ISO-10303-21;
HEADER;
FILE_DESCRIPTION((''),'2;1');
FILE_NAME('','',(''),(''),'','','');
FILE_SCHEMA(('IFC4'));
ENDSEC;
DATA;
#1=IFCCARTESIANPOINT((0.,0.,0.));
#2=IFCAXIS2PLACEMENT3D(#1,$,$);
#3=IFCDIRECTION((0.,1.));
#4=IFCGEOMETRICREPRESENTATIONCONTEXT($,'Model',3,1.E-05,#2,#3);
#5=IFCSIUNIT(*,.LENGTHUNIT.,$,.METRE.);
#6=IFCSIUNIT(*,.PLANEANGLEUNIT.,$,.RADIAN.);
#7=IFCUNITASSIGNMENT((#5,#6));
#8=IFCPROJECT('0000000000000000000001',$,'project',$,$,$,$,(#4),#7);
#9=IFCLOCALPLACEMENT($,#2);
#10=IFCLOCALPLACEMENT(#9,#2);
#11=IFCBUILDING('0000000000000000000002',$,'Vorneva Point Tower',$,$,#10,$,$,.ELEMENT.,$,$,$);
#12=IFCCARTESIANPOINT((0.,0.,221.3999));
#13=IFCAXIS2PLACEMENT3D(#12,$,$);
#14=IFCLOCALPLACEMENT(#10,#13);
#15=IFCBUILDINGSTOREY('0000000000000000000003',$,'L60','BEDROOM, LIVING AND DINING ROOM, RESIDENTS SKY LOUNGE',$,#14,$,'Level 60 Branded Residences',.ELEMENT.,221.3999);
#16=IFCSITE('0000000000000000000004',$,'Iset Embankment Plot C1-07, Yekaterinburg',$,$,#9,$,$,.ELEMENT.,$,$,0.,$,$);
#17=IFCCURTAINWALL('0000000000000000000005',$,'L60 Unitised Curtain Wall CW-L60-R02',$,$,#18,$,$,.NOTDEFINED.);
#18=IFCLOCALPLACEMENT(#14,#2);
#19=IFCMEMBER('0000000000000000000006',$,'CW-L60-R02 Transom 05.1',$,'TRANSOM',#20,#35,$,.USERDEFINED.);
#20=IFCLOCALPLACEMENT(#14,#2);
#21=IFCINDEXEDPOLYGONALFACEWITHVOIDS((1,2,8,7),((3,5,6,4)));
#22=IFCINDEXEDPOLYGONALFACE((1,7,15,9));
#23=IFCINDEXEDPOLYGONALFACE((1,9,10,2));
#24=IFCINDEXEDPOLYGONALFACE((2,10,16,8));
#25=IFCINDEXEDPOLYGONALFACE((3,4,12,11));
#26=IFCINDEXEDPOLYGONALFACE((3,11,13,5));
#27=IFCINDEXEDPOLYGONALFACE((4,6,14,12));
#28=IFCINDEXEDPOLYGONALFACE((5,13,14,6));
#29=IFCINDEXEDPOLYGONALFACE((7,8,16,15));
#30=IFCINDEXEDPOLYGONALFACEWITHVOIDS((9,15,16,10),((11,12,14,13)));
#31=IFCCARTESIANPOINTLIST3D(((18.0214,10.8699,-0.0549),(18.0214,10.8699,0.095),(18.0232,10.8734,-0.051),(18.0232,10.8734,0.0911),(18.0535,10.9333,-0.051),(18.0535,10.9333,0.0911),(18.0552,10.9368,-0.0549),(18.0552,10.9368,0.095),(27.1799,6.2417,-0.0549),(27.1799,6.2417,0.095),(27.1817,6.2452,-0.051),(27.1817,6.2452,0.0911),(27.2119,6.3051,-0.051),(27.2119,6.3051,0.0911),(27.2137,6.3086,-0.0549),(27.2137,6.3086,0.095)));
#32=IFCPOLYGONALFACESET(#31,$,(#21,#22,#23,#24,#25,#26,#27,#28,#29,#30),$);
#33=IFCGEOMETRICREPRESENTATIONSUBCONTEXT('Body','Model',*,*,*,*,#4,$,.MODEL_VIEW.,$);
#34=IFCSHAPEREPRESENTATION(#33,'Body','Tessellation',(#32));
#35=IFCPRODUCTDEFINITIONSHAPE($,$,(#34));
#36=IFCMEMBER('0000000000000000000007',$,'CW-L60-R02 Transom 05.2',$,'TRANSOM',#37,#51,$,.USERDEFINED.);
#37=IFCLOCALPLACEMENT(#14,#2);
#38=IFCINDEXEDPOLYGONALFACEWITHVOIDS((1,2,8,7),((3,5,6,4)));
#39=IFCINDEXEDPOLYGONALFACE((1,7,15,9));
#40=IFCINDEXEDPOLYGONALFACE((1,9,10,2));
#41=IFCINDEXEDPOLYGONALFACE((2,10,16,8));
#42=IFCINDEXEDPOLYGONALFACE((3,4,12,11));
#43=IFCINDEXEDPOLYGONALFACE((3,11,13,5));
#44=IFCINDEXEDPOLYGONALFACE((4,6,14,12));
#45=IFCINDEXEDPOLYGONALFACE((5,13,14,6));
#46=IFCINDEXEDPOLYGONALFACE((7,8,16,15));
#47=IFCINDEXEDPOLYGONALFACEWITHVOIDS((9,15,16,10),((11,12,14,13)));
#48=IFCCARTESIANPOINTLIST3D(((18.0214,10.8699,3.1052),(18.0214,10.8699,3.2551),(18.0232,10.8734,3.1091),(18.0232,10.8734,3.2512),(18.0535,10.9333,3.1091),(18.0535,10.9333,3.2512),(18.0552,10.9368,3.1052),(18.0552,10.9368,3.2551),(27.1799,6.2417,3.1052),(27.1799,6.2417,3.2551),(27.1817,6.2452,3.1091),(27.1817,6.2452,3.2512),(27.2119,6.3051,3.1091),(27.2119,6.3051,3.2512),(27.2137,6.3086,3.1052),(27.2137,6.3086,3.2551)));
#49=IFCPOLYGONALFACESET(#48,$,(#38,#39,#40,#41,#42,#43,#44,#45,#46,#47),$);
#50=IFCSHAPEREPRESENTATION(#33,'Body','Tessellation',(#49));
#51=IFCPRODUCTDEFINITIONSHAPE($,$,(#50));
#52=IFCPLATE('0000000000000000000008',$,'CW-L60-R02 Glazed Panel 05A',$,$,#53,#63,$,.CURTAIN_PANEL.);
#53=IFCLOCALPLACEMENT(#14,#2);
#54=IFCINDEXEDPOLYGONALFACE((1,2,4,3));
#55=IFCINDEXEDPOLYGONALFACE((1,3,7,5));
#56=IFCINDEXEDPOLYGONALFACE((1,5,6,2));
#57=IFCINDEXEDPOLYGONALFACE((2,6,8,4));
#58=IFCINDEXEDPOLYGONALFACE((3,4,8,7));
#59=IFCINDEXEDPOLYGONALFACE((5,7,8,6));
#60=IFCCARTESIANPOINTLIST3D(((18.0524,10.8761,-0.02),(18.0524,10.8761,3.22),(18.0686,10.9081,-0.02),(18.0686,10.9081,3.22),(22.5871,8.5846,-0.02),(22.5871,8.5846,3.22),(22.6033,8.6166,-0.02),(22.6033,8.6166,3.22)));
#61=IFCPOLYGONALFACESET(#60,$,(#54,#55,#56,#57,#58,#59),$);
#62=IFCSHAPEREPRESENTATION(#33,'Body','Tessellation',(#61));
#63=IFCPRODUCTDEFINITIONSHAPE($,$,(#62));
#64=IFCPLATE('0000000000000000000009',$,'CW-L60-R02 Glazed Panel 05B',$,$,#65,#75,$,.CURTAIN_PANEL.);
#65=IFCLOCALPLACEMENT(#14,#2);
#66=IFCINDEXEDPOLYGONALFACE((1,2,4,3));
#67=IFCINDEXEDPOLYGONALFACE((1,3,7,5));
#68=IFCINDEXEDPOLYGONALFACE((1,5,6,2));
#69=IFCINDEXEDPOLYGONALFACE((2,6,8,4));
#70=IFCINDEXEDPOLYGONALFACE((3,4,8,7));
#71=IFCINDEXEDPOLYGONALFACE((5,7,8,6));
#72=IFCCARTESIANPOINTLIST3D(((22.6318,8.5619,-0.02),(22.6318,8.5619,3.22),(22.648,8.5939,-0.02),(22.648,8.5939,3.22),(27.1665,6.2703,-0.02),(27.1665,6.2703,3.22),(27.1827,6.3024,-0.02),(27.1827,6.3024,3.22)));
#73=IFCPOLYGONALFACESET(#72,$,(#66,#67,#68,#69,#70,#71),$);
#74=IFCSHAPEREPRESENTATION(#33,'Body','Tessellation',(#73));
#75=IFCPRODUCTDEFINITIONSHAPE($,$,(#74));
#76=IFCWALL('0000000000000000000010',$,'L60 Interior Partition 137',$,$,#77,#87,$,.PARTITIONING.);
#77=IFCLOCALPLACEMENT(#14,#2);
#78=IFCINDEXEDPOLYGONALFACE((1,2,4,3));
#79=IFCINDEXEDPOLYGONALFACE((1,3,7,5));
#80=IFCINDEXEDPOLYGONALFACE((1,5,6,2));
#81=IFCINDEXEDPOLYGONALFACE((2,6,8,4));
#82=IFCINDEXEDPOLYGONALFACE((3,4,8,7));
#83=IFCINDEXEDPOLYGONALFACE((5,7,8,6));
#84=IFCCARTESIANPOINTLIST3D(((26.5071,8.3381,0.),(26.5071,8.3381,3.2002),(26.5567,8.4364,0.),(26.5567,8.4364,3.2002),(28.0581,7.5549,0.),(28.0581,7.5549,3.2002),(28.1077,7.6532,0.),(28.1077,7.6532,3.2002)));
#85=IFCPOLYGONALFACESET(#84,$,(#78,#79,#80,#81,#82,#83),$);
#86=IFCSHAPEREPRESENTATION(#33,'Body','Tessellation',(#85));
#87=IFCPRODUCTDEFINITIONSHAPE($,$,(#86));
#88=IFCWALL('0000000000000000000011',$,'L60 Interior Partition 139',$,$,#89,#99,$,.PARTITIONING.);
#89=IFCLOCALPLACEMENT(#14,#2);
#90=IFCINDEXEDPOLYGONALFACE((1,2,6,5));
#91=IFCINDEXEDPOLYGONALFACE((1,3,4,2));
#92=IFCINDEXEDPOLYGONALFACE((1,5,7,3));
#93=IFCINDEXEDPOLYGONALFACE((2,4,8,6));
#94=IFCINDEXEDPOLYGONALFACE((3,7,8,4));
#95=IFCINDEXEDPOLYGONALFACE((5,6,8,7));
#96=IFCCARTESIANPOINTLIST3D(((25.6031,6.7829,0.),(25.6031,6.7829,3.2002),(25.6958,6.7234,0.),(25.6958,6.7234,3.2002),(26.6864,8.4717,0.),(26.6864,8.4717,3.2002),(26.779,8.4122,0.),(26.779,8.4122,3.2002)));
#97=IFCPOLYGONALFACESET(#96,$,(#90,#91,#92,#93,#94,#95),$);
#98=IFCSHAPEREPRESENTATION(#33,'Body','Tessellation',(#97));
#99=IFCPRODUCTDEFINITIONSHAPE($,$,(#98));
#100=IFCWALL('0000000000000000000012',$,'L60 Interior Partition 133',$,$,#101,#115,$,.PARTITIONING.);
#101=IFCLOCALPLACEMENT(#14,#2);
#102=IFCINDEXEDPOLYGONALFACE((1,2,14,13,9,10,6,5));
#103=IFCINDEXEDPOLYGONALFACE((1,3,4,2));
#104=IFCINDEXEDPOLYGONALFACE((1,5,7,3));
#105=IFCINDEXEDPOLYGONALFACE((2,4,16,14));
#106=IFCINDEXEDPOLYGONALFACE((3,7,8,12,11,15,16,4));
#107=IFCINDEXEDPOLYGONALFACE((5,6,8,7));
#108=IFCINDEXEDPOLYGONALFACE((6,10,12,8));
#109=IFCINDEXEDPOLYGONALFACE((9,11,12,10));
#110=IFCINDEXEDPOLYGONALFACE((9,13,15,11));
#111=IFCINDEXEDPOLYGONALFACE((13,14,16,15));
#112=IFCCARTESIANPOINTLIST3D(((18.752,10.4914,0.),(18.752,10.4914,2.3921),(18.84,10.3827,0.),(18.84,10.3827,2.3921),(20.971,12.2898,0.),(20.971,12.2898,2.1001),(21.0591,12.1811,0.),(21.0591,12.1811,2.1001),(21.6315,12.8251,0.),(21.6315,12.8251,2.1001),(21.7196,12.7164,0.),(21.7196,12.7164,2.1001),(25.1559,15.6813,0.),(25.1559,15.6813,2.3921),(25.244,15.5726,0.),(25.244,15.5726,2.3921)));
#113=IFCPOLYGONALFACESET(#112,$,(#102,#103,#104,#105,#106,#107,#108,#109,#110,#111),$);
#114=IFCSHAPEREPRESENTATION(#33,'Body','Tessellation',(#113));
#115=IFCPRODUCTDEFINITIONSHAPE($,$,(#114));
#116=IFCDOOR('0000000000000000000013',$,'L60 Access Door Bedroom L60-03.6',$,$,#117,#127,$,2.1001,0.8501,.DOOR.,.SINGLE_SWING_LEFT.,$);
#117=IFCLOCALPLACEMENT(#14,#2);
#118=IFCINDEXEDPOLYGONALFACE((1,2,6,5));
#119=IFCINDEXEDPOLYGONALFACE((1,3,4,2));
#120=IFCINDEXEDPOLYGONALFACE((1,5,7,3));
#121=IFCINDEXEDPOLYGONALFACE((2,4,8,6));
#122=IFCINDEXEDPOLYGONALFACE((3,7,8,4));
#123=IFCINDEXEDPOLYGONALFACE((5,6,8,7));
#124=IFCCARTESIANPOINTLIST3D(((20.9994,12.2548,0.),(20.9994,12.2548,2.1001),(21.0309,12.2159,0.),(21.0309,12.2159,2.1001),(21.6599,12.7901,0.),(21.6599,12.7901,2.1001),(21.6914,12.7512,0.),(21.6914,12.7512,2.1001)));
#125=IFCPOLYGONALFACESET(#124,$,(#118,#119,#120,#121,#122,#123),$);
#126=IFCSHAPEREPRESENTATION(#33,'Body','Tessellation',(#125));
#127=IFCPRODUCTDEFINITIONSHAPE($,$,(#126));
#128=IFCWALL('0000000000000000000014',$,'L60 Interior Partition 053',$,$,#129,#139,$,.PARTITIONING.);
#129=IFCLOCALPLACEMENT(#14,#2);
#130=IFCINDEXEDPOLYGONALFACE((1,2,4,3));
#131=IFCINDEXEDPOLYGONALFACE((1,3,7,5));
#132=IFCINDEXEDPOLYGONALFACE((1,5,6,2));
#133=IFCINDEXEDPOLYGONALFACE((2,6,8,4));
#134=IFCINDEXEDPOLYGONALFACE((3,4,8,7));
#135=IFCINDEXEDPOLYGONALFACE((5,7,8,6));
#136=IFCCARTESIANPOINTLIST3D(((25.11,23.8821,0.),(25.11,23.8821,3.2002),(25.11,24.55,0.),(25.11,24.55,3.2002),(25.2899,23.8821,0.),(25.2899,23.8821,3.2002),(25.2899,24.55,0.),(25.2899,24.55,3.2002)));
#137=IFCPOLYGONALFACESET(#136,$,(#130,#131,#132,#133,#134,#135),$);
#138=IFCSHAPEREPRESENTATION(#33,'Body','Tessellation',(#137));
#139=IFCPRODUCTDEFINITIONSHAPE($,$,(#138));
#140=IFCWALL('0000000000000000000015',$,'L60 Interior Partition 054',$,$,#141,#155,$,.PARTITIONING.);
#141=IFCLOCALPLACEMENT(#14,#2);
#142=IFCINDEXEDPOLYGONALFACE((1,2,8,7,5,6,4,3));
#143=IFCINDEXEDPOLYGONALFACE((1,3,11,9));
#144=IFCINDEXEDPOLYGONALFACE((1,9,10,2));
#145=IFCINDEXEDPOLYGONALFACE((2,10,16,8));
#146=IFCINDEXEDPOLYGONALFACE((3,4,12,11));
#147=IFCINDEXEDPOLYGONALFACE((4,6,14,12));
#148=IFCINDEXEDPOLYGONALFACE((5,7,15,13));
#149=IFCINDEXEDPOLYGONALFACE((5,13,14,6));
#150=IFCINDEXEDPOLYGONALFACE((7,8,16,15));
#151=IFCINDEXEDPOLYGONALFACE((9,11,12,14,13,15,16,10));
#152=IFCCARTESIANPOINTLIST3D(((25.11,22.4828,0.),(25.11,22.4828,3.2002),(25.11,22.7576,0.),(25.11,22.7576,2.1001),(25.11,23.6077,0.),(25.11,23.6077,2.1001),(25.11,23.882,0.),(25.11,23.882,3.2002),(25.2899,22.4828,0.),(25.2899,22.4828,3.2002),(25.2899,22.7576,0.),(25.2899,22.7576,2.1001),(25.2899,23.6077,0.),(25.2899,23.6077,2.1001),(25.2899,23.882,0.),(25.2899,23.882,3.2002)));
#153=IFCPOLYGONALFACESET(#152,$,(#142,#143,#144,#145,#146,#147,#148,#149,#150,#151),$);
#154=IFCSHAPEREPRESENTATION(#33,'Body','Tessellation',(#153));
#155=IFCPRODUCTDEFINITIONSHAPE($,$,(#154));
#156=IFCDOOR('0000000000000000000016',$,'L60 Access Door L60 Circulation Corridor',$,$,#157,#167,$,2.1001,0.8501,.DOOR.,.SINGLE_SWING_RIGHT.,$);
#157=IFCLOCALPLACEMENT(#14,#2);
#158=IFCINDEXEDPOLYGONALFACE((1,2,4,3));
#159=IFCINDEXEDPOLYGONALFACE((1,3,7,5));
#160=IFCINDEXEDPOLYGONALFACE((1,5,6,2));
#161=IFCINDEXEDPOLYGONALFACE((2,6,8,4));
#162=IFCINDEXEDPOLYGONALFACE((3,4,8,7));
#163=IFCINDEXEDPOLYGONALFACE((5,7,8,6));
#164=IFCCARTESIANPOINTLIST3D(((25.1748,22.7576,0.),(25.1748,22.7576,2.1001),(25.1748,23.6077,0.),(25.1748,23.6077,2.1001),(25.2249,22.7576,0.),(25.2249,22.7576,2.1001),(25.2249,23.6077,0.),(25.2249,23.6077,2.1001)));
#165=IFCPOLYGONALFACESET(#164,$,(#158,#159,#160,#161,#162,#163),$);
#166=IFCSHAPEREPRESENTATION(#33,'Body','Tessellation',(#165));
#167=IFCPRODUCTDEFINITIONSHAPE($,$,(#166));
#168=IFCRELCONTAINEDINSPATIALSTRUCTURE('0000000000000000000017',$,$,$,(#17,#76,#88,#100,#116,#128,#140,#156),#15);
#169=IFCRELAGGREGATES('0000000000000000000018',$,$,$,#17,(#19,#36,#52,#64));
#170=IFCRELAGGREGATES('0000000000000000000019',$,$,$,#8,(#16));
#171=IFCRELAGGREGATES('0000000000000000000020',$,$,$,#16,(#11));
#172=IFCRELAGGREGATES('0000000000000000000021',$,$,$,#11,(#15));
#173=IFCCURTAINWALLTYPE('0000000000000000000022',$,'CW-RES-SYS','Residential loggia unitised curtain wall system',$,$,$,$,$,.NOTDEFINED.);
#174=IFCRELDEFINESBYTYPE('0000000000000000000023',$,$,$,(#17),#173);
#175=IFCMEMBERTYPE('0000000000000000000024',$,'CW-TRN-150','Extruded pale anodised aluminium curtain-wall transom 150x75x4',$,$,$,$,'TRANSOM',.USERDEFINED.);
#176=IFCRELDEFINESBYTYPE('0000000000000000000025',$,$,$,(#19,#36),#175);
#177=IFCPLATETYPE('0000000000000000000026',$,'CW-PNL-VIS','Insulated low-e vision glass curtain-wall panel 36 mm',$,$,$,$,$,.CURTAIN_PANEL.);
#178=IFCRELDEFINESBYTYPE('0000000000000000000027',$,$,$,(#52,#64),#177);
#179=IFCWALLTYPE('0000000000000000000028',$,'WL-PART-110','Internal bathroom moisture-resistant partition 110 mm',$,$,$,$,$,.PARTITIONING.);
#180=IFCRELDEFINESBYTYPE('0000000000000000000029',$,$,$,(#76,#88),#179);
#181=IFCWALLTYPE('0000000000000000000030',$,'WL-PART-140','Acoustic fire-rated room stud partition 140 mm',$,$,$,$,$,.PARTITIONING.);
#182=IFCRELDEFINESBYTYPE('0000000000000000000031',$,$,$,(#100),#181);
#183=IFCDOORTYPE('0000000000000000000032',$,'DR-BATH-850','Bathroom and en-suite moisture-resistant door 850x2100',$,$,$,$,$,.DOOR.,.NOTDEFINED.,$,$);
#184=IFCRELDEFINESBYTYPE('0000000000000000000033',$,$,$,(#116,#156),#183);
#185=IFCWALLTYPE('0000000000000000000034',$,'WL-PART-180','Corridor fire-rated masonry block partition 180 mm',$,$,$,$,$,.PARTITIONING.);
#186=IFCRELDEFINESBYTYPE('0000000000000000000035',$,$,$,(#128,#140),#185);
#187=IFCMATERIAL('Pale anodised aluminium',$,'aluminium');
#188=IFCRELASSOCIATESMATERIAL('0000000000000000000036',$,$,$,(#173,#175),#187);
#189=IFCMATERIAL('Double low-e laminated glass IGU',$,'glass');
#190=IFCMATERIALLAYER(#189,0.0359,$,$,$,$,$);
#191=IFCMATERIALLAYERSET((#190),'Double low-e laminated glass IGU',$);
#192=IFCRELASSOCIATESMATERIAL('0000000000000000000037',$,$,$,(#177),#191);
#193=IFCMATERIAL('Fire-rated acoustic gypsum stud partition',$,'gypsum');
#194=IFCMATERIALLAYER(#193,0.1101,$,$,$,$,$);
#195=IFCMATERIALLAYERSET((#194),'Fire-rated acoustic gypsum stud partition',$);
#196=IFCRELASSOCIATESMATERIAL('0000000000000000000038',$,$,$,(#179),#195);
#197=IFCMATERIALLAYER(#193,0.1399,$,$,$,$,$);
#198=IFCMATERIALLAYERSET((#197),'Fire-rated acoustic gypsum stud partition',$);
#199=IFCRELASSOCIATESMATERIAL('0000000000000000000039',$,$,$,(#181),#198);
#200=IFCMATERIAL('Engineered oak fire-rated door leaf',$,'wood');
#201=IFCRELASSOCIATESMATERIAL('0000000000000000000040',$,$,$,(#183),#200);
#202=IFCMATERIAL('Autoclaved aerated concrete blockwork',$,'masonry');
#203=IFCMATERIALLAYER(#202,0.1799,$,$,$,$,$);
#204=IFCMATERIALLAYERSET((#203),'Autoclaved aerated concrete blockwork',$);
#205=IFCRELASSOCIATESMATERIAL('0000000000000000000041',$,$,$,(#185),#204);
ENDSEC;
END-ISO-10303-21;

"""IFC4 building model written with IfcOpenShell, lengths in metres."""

from ifc_helpers import new_model, si_unit, direction, frame, frame_2d, origin, origin_2d, place, context, subcontext, project, spatial, rectangle, hollow_rectangle, extrude, material, layer, layer_set, material_profile, profile_set, type_object, element, fill, aggregate, save


model = new_model("IFC4")

# Units and contexts
model_context = context("Model", 3, precision=1e-05, world=origin(), true_north=direction((0.0, 1.0)))
body_context = subcontext(model_context, "Body", "Model", "MODEL_VIEW")
ifc_project = project(units=[si_unit("LENGTHUNIT", "METRE"), si_unit("PLANEANGLEUNIT", "RADIAN")], contexts=[model_context])

# Site, building, storey
site_placement = place(None, origin())
site = spatial("IfcSite", under=ifc_project, at=site_placement, Name="Iset Embankment Plot C1-07, Yekaterinburg", CompositionType="ELEMENT", RefElevation=0.0)
building_placement = place(site_placement, origin())
building = spatial("IfcBuilding", under=site, at=building_placement, Name="Vorneva Point Tower", CompositionType="ELEMENT")
storey_placement = place(building_placement, frame((0.0, 0.0, 221.3999)))
storey = spatial("IfcBuildingStorey", under=building, at=storey_placement, Name="L60", Description="BEDROOM, LIVING AND DINING ROOM, RESIDENTS SKY LOUNGE", LongName="Level 60 Branded Residences", CompositionType="ELEMENT", Elevation=221.3999)

# Curtain wall, members, plates
ifc_material_1 = material(Name="Pale anodised aluminium", Category="aluminium")
curtain_wall_type = type_object("IfcCurtainWallType", Name="CW-RES-SYS", Description="Residential loggia unitised curtain wall system", PredefinedType="NOTDEFINED", material=ifc_material_1)
curtain_wall_placement = place(storey_placement, origin())
curtain_wall = element("IfcCurtainWall", 1, at=curtain_wall_placement, inside=storey, type_object=curtain_wall_type, Name="L60 Unitised Curtain Wall CW-L60-R02", PredefinedType="NOTDEFINED")
ifc_material_profile_1 = material_profile(ifc_material_1, hollow_rectangle(XDim=0.075, YDim=0.1499, WallThickness=0.0039, at=origin_2d()), Name="AL-TRN 150x75x4")
ifc_profile_set_1 = profile_set([ifc_material_profile_1], Name="Pale anodised aluminium")
member_type_1 = type_object("IfcMemberType", Name="CW-TRN-150", Description="Extruded pale anodised aluminium curtain-wall transom 150x75x4", ElementType="TRANSOM", PredefinedType="USERDEFINED", material=ifc_profile_set_1)
member_1_placement = place(storey_placement, frame((18.0383, 10.9033, 0.02), z_axis=(0.892511, -0.451026, 0.0), x_axis=(0.451026, 0.892511, 0.0)))
member_1 = element("IfcMember", 2, at=member_1_placement, type_object=member_type_1, Name="CW-L60-R02 Transom 05.1", ObjectType="TRANSOM", PredefinedType="USERDEFINED", context=body_context, shape_type="SweptSolid", body=[
    extrude(hollow_rectangle(XDim=0.075, YDim=0.1499, WallThickness=0.0039, at=origin_2d()), origin(), (0.0, 0.0, 1.0), 10.2615),
])
member_2_placement = place(storey_placement, frame((18.0383, 10.9033, 3.1802), z_axis=(0.892511, -0.451026, 0.0), x_axis=(0.451026, 0.892511, 0.0)))
member_2 = element("IfcMember", 3, at=member_2_placement, type_object=member_type_1, Name="CW-L60-R02 Transom 05.2", ObjectType="TRANSOM", PredefinedType="USERDEFINED", context=body_context, shape_type="SweptSolid", body=[
    extrude(hollow_rectangle(XDim=0.075, YDim=0.1499, WallThickness=0.0039, at=origin_2d()), origin(), (0.0, 0.0, 1.0), 10.2615),
])
ifc_material_2 = material(Name="Double low-e laminated glass IGU", Category="glass")
ifc_layer_1 = layer(ifc_material_2, 0.0359)
ifc_layer_set_1 = layer_set([ifc_layer_1], Name="Double low-e laminated glass IGU")
plate_type = type_object("IfcPlateType", Name="CW-PNL-VIS", Description="Insulated low-e vision glass curtain-wall panel 36 mm", PredefinedType="CURTAIN_PANEL", material=ifc_layer_set_1)
plate_1_placement = place(storey_placement, frame((20.3279, 9.7463, -0.02), z_axis=(0.0, 0.0, 1.0), x_axis=(0.892515, -0.451018, 0.0)))
plate_1 = element("IfcPlate", 4, at=plate_1_placement, type_object=plate_type, Name="CW-L60-R02 Glazed Panel 05A", PredefinedType="CURTAIN_PANEL", context=body_context, shape_type="SweptSolid", body=[
    extrude(rectangle(XDim=5.0808, YDim=0.0359, at=origin_2d()), origin(), (0.0, 0.0, 1.0), 3.24),
])
plate_2_placement = place(storey_placement, frame((24.9072, 7.4321, -0.02), z_axis=(0.0, 0.0, 1.0), x_axis=(0.892515, -0.451018, 0.0)))
plate_2 = element("IfcPlate", 5, at=plate_2_placement, type_object=plate_type, Name="CW-L60-R02 Glazed Panel 05B", PredefinedType="CURTAIN_PANEL", context=body_context, shape_type="SweptSolid", body=[
    extrude(rectangle(XDim=5.0808, YDim=0.0359, at=origin_2d()), origin(), (0.0, 0.0, 1.0), 3.24),
])
aggregate(curtain_wall, [member_1, member_2, plate_1, plate_2])

# Walls
ifc_material_3 = material(Name="Fire-rated acoustic gypsum stud partition", Category="gypsum")
ifc_layer_2 = layer(ifc_material_3, 0.1101)
ifc_layer_set_2 = layer_set([ifc_layer_2], Name="Fire-rated acoustic gypsum stud partition")
wall_type_1 = type_object("IfcWallType", Name="WL-PART-110", Description="Internal bathroom moisture-resistant partition 110 mm", PredefinedType="PARTITIONING", material=ifc_layer_set_2)
wall_1_placement = place(storey_placement, frame((26.532, 8.3872, 0.0), z_axis=(0.0, 0.0, 1.0), x_axis=(0.89265, -0.450751, 0.0)))
element("IfcWall", 6, at=wall_1_placement, inside=storey, type_object=wall_type_1, Name="L60 Interior Partition 137", PredefinedType="PARTITIONING", context=body_context, shape_type="SweptSolid", body=[
    extrude(rectangle(XDim=1.7375, YDim=0.1101, at=frame_2d((0.8687, 0.0))), origin(), (0.0, 0.0, 1.0), 3.2002),
])
wall_2_placement = place(storey_placement, frame((25.6494, 6.7532, 0.0), z_axis=(0.0, 0.0, 1.0), x_axis=(0.539927, 0.841712, 0.0)))
element("IfcWall", 7, at=wall_2_placement, inside=storey, type_object=wall_type_1, Name="L60 Interior Partition 139", PredefinedType="PARTITIONING", context=body_context, shape_type="SweptSolid", body=[
    extrude(rectangle(XDim=2.0063, YDim=0.1101, at=frame_2d((1.0032, 0.0))), origin(), (0.0, 0.0, 1.0), 3.2002),
])

# Wall, opening, door
ifc_layer_3 = layer(ifc_material_3, 0.1399)
ifc_layer_set_3 = layer_set([ifc_layer_3], Name="Fire-rated acoustic gypsum stud partition")
wall_type_2 = type_object("IfcWallType", Name="WL-PART-140", Description="Acoustic fire-rated room stud partition 140 mm", PredefinedType="PARTITIONING", material=ifc_layer_set_3)
wall_3_placement = place(storey_placement, frame((18.7959, 10.437, 0.0), z_axis=(0.0, 0.0, 1.0), x_axis=(0.776906, 0.629616, 0.0)))
wall_3 = element("IfcWall", 8, at=wall_3_placement, inside=storey, type_object=wall_type_2, Name="L60 Interior Partition 133", PredefinedType="PARTITIONING", context=body_context, shape_type="SweptSolid", body=[
    extrude(rectangle(XDim=8.2429, YDim=0.1399, at=frame_2d((4.1216, 0.0))), origin(), (0.0, 0.0, 1.0), 2.3921),
])
opening_1_placement = place(wall_3_placement, frame((2.8564, 0.0, 0.0)))
opening_1 = element("IfcOpeningElement", 9, at=opening_1_placement, cuts=wall_3, PredefinedType="OPENING", context=body_context, shape_type="SweptSolid", body=[
    extrude(rectangle(XDim=0.8501, YDim=2.1001, at=frame_2d((0.425, 1.05))), frame((0.0, 0.085, 0.0), z_axis=(0.0, -1.0, 0.0), x_axis=(1.0, 0.0, 0.0)), (0.0, 0.0, 1.0), 0.1697),
])
ifc_material_4 = material(Name="Engineered oak fire-rated door leaf", Category="wood")
door_type = type_object("IfcDoorType", Name="DR-BATH-850", Description="Bathroom and en-suite moisture-resistant door 850x2100", OperationType="NOTDEFINED", PredefinedType="DOOR", material=ifc_material_4)
door_1_placement = place(opening_1_placement, origin())
door_1 = element("IfcDoor", 10, at=door_1_placement, inside=storey, type_object=door_type, Name="L60 Access Door Bedroom L60-03.6", OperationType="SINGLE_SWING_LEFT", OverallHeight=2.1001, OverallWidth=0.8501, PredefinedType="DOOR", context=body_context, shape_type="SweptSolid", body=[
    extrude(rectangle(XDim=0.8501, YDim=2.1001, at=frame_2d((0.425, 1.05))), frame((0.0, 0.0249, 0.0), z_axis=(0.0, -1.0, 0.0), x_axis=(1.0, 0.0, 0.0)), (0.0, 0.0, 1.0), 0.05),
])
fill(opening_1, door_1)

# Wall
ifc_material_5 = material(Name="Autoclaved aerated concrete blockwork", Category="masonry")
ifc_layer_4 = layer(ifc_material_5, 0.1799)
ifc_layer_set_4 = layer_set([ifc_layer_4], Name="Autoclaved aerated concrete blockwork")
wall_type_3 = type_object("IfcWallType", Name="WL-PART-180", Description="Corridor fire-rated masonry block partition 180 mm", PredefinedType="PARTITIONING", material=ifc_layer_set_4)
wall_4_placement = place(storey_placement, frame((25.2, 24.55, 0.0), z_axis=(0.0, 0.0, 1.0), x_axis=(0.0, -1.0, 0.0)))
element("IfcWall", 11, at=wall_4_placement, inside=storey, type_object=wall_type_3, Name="L60 Interior Partition 053", PredefinedType="PARTITIONING", context=body_context, shape_type="SweptSolid", body=[
    extrude(rectangle(XDim=0.668, YDim=0.1799, at=frame_2d((0.334, 0.0))), origin(), (0.0, 0.0, 1.0), 3.2002),
])

# Wall, opening, door
wall_5_placement = place(storey_placement, frame((25.2, 23.8821, 0.0), z_axis=(0.0, 0.0, 1.0), x_axis=(0.0, -1.0, 0.0)))
wall_5 = element("IfcWall", 12, at=wall_5_placement, inside=storey, type_object=wall_type_3, Name="L60 Interior Partition 054", PredefinedType="PARTITIONING", context=body_context, shape_type="SweptSolid", body=[
    extrude(rectangle(XDim=1.3992, YDim=0.1799, at=frame_2d((0.6997, 0.0))), origin(), (0.0, 0.0, 1.0), 3.2002),
])
opening_2_placement = place(wall_5_placement, frame((0.2744, 0.0, 0.0)))
opening_2 = element("IfcOpeningElement", 13, at=opening_2_placement, cuts=wall_5, PredefinedType="OPENING", context=body_context, shape_type="SweptSolid", body=[
    extrude(rectangle(XDim=0.8501, YDim=2.1001, at=frame_2d((0.425, 1.05))), frame((0.0, 0.105, 0.0), z_axis=(0.0, -1.0, 0.0), x_axis=(1.0, 0.0, 0.0)), (0.0, 0.0, 1.0), 0.2097),
])
door_2_placement = place(opening_2_placement, origin())
door_2 = element("IfcDoor", 14, at=door_2_placement, inside=storey, type_object=door_type, Name="L60 Access Door L60 Circulation Corridor", OperationType="SINGLE_SWING_RIGHT", OverallHeight=2.1001, OverallWidth=0.8501, PredefinedType="DOOR", context=body_context, shape_type="SweptSolid", body=[
    extrude(rectangle(XDim=0.8501, YDim=2.1001, at=frame_2d((0.425, 1.05))), frame((0.0, 0.0249, 0.0), z_axis=(0.0, -1.0, 0.0), x_axis=(1.0, 0.0, 0.0)), (0.0, 0.0, 1.0), 0.05),
])
fill(opening_2, door_2)

save(model, "model.ifc")
